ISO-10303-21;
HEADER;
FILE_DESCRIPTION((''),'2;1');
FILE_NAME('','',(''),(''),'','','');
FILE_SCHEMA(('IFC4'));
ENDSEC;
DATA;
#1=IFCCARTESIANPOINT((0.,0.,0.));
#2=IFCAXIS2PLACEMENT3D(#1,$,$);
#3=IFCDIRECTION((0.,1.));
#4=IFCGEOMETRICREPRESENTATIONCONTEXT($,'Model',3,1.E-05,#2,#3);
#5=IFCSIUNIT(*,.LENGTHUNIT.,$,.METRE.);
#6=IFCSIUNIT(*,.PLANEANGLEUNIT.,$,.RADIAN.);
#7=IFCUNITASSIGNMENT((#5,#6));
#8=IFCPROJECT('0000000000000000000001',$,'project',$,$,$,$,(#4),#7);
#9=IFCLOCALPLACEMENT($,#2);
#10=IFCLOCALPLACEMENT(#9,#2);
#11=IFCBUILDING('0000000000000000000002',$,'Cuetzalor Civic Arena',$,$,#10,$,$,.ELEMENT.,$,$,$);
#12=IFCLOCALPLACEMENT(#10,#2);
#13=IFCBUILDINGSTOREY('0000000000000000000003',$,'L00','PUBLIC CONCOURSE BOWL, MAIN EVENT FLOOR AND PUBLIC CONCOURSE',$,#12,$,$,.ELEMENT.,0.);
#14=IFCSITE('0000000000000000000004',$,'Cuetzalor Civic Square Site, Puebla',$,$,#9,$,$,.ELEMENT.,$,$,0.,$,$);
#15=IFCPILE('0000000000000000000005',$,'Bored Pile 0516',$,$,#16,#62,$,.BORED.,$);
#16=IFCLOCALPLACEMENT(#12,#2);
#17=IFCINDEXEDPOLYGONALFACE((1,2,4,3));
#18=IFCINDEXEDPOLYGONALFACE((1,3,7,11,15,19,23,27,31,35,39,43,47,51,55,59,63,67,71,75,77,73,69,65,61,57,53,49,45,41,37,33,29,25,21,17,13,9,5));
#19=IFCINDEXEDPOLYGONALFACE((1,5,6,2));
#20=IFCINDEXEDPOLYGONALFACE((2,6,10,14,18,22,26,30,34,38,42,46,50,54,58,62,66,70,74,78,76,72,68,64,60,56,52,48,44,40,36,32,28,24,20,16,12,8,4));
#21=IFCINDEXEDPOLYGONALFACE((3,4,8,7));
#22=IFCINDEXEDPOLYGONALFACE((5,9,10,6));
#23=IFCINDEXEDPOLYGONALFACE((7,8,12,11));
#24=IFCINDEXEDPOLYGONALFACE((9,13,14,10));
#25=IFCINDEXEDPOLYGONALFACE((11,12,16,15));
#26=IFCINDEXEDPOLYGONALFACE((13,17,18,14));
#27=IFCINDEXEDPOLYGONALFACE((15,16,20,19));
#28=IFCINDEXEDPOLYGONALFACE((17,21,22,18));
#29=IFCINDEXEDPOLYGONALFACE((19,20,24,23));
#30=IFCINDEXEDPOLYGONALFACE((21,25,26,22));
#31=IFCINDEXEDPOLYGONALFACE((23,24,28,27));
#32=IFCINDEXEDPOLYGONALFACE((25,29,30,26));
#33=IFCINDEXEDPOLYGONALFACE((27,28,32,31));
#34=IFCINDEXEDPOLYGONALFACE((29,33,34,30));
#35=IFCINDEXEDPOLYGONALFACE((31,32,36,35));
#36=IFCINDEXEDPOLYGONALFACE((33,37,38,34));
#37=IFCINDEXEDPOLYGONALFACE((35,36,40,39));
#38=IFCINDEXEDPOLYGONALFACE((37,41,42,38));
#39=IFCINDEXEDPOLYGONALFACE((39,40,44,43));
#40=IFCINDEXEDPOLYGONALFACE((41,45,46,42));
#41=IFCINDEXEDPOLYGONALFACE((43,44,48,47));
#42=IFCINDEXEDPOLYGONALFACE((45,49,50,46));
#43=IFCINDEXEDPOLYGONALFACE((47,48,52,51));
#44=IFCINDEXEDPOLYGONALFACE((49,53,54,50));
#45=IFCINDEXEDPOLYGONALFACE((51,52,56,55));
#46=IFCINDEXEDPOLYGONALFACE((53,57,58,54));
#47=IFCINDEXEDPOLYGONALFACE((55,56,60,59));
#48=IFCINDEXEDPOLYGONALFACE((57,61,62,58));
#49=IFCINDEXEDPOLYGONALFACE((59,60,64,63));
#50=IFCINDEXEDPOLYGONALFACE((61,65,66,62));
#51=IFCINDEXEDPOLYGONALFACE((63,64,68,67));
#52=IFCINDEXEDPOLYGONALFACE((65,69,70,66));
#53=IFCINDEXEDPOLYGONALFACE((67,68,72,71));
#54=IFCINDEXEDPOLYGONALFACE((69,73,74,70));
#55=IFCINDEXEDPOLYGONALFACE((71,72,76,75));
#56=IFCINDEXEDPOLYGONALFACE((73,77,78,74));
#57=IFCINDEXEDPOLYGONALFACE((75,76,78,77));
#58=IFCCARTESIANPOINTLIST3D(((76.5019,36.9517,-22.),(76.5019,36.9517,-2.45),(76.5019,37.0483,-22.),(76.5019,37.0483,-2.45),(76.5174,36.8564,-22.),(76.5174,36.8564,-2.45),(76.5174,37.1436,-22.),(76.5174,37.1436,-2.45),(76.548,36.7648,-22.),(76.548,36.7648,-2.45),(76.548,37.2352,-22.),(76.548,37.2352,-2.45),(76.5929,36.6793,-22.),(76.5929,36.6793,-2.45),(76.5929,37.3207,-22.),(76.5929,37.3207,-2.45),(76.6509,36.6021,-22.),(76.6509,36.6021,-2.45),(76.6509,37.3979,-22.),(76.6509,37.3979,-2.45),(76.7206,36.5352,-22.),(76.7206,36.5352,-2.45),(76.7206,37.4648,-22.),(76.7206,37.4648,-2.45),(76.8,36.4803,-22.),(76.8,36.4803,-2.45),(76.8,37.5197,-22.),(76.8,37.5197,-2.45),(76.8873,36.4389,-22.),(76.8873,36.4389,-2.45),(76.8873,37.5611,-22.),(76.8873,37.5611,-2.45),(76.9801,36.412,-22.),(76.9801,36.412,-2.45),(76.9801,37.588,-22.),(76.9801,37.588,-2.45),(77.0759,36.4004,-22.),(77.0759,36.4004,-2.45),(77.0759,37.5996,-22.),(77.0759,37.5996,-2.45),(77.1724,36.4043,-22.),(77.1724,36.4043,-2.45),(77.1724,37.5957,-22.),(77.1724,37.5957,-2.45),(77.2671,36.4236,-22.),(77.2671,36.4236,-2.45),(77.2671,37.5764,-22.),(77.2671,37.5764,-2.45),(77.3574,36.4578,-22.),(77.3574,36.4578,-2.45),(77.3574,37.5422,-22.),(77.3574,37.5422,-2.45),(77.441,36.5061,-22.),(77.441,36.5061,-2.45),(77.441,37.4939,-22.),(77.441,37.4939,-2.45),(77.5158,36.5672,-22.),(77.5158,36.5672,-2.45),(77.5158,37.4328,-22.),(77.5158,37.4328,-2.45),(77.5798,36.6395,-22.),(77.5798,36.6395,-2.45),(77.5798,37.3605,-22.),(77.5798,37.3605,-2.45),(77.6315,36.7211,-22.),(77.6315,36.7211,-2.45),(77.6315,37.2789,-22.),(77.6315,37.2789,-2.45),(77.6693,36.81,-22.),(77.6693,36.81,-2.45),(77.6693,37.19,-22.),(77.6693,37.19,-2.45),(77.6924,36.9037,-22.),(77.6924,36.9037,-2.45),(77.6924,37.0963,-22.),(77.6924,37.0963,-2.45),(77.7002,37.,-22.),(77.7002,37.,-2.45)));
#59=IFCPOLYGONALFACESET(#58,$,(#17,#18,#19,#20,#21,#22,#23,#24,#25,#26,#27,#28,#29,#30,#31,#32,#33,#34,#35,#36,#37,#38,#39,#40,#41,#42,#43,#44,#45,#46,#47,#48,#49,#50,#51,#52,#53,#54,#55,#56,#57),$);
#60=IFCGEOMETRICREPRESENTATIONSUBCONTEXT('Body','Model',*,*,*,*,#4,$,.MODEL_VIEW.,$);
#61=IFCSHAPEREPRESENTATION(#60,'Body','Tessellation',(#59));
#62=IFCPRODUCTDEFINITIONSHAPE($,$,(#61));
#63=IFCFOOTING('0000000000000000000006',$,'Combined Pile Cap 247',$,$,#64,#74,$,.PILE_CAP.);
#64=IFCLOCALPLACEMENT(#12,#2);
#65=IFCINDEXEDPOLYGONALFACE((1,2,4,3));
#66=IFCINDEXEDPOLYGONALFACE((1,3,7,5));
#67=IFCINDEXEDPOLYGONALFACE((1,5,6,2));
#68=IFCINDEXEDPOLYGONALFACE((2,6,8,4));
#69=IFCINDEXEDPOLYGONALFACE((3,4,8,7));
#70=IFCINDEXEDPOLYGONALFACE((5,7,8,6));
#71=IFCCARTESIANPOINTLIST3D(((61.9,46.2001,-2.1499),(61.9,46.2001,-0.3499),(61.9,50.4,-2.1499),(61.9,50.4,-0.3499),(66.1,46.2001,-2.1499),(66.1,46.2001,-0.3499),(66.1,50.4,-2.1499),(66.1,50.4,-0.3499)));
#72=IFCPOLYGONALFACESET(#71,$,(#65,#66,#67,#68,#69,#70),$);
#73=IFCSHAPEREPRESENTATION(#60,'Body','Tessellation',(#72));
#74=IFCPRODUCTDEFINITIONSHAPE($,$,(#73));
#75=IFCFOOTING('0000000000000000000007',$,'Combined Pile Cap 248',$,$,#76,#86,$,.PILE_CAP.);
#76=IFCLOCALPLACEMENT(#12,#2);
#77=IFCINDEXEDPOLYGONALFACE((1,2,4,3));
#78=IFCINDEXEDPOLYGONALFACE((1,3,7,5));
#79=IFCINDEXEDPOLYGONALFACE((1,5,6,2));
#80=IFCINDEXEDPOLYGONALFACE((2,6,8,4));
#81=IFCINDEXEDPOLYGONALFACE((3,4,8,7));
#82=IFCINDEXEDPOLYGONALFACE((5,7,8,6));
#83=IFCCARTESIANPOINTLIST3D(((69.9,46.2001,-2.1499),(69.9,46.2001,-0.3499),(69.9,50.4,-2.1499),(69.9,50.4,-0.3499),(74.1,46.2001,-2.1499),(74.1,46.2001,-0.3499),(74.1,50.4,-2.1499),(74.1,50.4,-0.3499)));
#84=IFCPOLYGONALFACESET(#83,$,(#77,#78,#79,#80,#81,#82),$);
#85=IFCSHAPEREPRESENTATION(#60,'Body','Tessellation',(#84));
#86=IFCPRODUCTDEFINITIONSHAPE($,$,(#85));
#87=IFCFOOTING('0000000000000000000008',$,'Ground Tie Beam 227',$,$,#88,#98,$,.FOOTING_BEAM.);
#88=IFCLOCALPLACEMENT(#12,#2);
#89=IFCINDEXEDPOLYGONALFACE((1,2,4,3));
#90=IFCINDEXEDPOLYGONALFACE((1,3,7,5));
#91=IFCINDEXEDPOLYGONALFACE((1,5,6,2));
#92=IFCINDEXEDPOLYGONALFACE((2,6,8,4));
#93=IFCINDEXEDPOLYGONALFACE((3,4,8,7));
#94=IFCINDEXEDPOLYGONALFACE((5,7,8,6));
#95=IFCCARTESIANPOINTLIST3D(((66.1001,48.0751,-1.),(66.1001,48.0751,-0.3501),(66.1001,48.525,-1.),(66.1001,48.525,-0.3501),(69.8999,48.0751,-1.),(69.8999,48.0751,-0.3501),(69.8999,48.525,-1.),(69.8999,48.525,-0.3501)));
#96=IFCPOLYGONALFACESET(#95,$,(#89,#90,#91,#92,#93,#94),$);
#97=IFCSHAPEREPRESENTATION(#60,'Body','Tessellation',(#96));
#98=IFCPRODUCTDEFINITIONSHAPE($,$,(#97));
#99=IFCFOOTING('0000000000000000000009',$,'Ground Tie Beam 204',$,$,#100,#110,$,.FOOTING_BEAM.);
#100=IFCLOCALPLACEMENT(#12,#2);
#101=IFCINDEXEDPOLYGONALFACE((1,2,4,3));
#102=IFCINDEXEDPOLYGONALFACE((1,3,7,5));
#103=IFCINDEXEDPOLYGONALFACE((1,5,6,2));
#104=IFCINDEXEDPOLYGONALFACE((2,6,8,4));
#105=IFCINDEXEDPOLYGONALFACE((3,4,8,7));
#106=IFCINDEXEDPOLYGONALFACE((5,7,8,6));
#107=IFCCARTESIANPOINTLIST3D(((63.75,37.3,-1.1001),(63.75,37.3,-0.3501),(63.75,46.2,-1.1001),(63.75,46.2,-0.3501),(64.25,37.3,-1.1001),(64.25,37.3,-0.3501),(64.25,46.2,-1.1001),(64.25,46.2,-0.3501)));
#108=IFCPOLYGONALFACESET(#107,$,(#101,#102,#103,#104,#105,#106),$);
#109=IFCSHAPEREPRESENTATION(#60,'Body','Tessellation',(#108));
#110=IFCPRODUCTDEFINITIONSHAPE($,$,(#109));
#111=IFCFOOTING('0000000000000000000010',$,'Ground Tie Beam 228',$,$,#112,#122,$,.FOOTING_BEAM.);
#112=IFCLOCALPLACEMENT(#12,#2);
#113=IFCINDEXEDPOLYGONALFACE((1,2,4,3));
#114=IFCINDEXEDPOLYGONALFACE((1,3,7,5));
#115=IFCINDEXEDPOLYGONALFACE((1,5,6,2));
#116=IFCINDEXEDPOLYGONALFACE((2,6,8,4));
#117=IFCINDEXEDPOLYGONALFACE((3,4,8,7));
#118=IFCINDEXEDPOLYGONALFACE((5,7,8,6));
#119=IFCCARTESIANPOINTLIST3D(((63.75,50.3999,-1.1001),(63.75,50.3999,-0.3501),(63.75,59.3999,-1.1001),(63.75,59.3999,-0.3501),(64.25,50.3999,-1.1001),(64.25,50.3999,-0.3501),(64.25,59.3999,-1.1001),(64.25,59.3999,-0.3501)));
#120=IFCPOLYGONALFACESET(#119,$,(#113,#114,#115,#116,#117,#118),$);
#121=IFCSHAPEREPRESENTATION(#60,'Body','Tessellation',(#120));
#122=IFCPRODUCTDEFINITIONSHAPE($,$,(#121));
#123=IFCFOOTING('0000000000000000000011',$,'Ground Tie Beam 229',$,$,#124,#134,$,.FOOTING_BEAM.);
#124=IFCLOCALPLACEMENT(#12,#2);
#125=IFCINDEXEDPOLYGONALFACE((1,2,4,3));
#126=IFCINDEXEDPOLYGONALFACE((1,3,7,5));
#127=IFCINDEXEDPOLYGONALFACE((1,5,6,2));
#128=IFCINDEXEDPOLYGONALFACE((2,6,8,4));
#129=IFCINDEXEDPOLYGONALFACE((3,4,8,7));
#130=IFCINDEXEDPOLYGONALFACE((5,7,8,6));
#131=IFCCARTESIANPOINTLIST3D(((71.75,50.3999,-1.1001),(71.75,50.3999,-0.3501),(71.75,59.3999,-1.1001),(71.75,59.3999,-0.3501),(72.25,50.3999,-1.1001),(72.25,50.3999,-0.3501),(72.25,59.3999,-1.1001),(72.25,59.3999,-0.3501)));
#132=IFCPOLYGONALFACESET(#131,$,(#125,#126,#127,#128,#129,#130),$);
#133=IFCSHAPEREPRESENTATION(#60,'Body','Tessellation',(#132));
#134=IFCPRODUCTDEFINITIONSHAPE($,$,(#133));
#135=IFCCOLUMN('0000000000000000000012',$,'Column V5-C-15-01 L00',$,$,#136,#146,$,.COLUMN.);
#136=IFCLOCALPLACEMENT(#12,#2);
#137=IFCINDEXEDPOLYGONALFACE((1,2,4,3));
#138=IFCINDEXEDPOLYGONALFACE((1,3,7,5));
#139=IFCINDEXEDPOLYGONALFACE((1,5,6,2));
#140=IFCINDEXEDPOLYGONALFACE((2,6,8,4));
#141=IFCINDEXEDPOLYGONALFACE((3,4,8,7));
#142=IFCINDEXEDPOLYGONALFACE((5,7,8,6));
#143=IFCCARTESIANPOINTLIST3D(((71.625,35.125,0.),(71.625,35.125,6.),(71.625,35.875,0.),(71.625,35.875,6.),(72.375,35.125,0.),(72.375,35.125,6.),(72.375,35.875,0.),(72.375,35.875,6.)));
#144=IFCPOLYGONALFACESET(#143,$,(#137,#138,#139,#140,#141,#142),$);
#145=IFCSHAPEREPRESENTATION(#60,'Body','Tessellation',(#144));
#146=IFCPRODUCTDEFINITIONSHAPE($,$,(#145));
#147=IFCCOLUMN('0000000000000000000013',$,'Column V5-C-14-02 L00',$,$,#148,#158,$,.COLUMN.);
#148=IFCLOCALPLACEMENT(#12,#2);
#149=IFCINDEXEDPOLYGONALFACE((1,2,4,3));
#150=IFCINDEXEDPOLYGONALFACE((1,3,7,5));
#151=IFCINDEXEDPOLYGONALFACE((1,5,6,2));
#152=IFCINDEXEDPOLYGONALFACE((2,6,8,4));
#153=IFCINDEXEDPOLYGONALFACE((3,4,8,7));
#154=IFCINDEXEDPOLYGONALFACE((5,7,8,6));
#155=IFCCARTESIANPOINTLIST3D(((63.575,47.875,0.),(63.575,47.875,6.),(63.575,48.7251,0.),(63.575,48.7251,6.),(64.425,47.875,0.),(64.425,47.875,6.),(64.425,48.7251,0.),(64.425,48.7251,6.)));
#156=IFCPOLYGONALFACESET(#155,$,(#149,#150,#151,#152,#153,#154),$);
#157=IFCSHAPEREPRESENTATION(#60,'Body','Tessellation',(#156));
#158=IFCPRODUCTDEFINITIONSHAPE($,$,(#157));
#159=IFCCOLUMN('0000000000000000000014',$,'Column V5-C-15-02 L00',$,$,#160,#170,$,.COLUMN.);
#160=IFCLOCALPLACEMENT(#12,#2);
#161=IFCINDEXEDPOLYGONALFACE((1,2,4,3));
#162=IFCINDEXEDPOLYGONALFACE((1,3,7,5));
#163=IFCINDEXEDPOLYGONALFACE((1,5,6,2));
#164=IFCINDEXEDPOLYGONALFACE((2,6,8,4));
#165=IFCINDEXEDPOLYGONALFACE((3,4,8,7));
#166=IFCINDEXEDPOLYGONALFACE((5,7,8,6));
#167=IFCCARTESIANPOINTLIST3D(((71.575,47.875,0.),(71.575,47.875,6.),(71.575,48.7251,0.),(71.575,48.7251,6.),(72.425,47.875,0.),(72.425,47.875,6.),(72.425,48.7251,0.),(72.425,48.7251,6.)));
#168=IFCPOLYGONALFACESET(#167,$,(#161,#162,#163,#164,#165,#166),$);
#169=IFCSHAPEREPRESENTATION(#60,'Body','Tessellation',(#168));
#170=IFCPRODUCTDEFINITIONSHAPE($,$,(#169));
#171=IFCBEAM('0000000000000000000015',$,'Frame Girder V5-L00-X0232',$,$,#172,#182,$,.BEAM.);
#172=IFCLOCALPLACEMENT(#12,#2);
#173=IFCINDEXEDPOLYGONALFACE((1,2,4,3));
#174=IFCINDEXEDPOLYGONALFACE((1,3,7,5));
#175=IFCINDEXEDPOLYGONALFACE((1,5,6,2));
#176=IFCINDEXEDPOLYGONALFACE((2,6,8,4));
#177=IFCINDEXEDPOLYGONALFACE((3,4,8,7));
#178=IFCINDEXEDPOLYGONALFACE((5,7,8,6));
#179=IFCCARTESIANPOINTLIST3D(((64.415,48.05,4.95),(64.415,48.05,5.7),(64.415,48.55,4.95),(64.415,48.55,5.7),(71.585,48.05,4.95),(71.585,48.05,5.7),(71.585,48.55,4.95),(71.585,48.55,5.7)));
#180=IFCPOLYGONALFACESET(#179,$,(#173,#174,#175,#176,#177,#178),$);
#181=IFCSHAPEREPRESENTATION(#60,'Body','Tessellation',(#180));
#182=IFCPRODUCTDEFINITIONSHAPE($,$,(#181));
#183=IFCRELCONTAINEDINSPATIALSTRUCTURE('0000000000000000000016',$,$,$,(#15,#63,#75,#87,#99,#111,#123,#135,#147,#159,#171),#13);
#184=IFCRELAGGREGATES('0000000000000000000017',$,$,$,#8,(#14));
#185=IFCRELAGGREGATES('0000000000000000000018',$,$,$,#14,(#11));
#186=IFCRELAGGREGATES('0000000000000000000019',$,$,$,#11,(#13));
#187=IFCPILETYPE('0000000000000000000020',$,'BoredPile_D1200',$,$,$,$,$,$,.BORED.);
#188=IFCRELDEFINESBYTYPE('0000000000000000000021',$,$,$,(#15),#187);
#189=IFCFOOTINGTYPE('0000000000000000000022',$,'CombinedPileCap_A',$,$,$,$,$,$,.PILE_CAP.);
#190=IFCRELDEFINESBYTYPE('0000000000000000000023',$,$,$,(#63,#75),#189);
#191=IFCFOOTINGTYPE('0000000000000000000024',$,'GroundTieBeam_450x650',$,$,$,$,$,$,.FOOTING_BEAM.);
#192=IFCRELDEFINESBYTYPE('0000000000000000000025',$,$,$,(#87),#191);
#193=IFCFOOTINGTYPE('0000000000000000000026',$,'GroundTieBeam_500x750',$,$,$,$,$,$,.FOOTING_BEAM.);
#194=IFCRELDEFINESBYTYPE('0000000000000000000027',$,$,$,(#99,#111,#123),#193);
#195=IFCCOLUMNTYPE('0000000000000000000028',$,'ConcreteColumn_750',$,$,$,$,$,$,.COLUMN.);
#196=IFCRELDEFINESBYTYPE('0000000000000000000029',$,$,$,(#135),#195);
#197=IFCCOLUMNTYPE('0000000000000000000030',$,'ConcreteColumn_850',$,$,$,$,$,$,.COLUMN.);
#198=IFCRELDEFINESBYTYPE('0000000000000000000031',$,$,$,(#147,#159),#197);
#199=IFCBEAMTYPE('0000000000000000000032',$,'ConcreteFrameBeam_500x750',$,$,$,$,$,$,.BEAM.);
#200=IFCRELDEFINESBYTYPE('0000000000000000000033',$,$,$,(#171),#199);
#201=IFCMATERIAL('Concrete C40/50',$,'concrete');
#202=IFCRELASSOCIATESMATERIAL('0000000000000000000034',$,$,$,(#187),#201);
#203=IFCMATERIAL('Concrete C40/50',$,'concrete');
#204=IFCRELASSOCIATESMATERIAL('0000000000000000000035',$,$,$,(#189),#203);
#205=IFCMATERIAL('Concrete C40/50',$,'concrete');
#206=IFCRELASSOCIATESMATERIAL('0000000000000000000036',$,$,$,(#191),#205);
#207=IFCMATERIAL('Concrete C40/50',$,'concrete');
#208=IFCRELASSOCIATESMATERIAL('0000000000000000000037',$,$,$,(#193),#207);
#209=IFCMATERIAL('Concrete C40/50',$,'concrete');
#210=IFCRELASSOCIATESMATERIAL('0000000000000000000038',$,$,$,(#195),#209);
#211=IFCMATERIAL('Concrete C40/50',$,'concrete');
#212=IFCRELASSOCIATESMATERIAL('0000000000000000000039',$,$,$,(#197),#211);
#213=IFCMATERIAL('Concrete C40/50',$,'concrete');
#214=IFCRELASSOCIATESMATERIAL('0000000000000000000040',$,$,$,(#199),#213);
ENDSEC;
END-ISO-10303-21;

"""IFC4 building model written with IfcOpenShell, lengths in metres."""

from ifc_helpers import new_model, si_unit, direction, frame, origin, origin_2d, place, context, subcontext, project, spatial, rectangle, circle, extrude, material, material_profile, profile_set, type_object, element, save


model = new_model("IFC4")

# Units and contexts
model_context = context("Model", 3, precision=1e-05, world=origin(), true_north=direction((0.0, 1.0)))
body_context = subcontext(model_context, "Body", "Model", "MODEL_VIEW")
ifc_project = project(units=[si_unit("LENGTHUNIT", "METRE"), si_unit("PLANEANGLEUNIT", "RADIAN")], contexts=[model_context])

# Site, building, storey
site_placement = place(None, origin())
site = spatial("IfcSite", under=ifc_project, at=site_placement, Name="Cuetzalor Civic Square Site, Puebla", CompositionType="ELEMENT", RefElevation=0.0)
building_placement = place(site_placement, origin())
building = spatial("IfcBuilding", under=site, at=building_placement, Name="Cuetzalor Civic Arena", CompositionType="ELEMENT")
storey_placement = place(building_placement, origin())
storey = spatial("IfcBuildingStorey", under=building, at=storey_placement, Name="L00", Description="PUBLIC CONCOURSE BOWL, MAIN EVENT FLOOR AND PUBLIC CONCOURSE", CompositionType="ELEMENT", Elevation=0.0)

# Pile
ifc_material_1 = material(Name="Concrete C40/50", Category="concrete")
ifc_material_profile_1 = material_profile(ifc_material_1, circle(Radius=0.6001, at=origin_2d()), Name="BORED PILE D1200")
ifc_profile_set_1 = profile_set([ifc_material_profile_1], Name="Concrete C40/50")
pile_type_1 = type_object("IfcPileType", Name="BoredPile_D1200", PredefinedType="BORED", material=ifc_profile_set_1)
for number, where, z_axis, x_axis, name in (
    (1, (77.1001, 37.0, -2.45), (0.0, 0.0, -1.0), (1.0, 0.0, 0.0), "Bored Pile 0516"),
):
    element("IfcPile", number, at=place(storey_placement, frame(where, z_axis=z_axis, x_axis=x_axis)), inside=storey, type_object=pile_type_1, Name=name, PredefinedType="BORED", context=body_context, shape_type="SweptSolid", body=[
        extrude(circle(Radius=0.6001, at=origin_2d()), origin(), (0.0, 0.0, 1.0), 19.55),
    ])

# Footings
ifc_material_2 = material(Name="Concrete C40/50", Category="concrete")
footing_type_1 = type_object("IfcFootingType", Name="CombinedPileCap_A", PredefinedType="PILE_CAP", material=ifc_material_2)
for number, where, z_axis, x_axis, name in (
    (2, (64.0, 48.3, -2.1499), (0.0, 0.0, 1.0), (1.0, 0.0, 0.0), "Combined Pile Cap 247"),
    (3, (72.0, 48.3, -2.1499), (0.0, 0.0, 1.0), (1.0, 0.0, 0.0), "Combined Pile Cap 248"),
):
    element("IfcFooting", number, at=place(storey_placement, frame(where, z_axis=z_axis, x_axis=x_axis)), inside=storey, type_object=footing_type_1, Name=name, PredefinedType="PILE_CAP", context=body_context, shape_type="SweptSolid", body=[
        extrude(rectangle(XDim=4.2, YDim=4.2, at=origin_2d()), origin(), (0.0, 0.0, 1.0), 1.8),
    ])
ifc_material_3 = material(Name="Concrete C40/50", Category="concrete")
ifc_material_profile_2 = material_profile(ifc_material_3, rectangle(XDim=0.45, YDim=0.6499, at=origin_2d()), Name="RC 450x650")
ifc_profile_set_2 = profile_set([ifc_material_profile_2], Name="Concrete C40/50")
footing_type_2 = type_object("IfcFootingType", Name="GroundTieBeam_450x650", PredefinedType="FOOTING_BEAM", material=ifc_profile_set_2)
footing_1_placement = place(storey_placement, frame((66.1001, 48.3, -0.675), z_axis=(1.0, 0.0, 0.0), x_axis=(0.0, 1.0, 0.0)))
element("IfcFooting", 4, at=footing_1_placement, inside=storey, type_object=footing_type_2, Name="Ground Tie Beam 227", PredefinedType="FOOTING_BEAM", context=body_context, shape_type="SweptSolid", body=[
    extrude(rectangle(XDim=0.45, YDim=0.6499, at=origin_2d()), origin(), (0.0, 0.0, 1.0), 3.7998),
])
ifc_material_4 = material(Name="Concrete C40/50", Category="concrete")
ifc_material_profile_3 = material_profile(ifc_material_4, rectangle(XDim=0.5, YDim=0.75, at=origin_2d()), Name="RC 500x750")
ifc_profile_set_3 = profile_set([ifc_material_profile_3], Name="Concrete C40/50")
footing_type_3 = type_object("IfcFootingType", Name="GroundTieBeam_500x750", PredefinedType="FOOTING_BEAM", material=ifc_profile_set_3)
footing_2_placement = place(storey_placement, frame((64.0, 37.3, -0.7251), z_axis=(0.0, 1.0, 0.0), x_axis=(-1.0, 0.0, 0.0)))
element("IfcFooting", 5, at=footing_2_placement, inside=storey, type_object=footing_type_3, Name="Ground Tie Beam 204", PredefinedType="FOOTING_BEAM", context=body_context, shape_type="SweptSolid", body=[
    extrude(rectangle(XDim=0.5, YDim=0.75, at=origin_2d()), origin(), (0.0, 0.0, 1.0), 8.8999),
])
for number, where, z_axis, x_axis, name in (
    (6, (64.0, 50.3999, -0.7251), (0.0, 1.0, 0.0), (-1.0, 0.0, 0.0), "Ground Tie Beam 228"),
    (7, (72.0, 50.3999, -0.7251), (0.0, 1.0, 0.0), (-1.0, 0.0, 0.0), "Ground Tie Beam 229"),
):
    element("IfcFooting", number, at=place(storey_placement, frame(where, z_axis=z_axis, x_axis=x_axis)), inside=storey, type_object=footing_type_3, Name=name, PredefinedType="FOOTING_BEAM", context=body_context, shape_type="SweptSolid", body=[
        extrude(rectangle(XDim=0.5, YDim=0.75, at=origin_2d()), origin(), (0.0, 0.0, 1.0), 9.0),
    ])

# Columns
ifc_material_5 = material(Name="Concrete C40/50", Category="concrete")
ifc_material_profile_4 = material_profile(ifc_material_5, rectangle(XDim=0.75, YDim=0.75, at=origin_2d()), Name="RC 750x750")
ifc_profile_set_4 = profile_set([ifc_material_profile_4], Name="Concrete C40/50")
column_type_1 = type_object("IfcColumnType", Name="ConcreteColumn_750", PredefinedType="COLUMN", material=ifc_profile_set_4)
column_placement = place(storey_placement, frame((72.0, 35.5, 0.0), z_axis=(0.0, 0.0, 1.0), x_axis=(1.0, 0.0, 0.0)))
element("IfcColumn", 8, at=column_placement, inside=storey, type_object=column_type_1, Name="Column V5-C-15-01 L00", PredefinedType="COLUMN", context=body_context, shape_type="SweptSolid", body=[
    extrude(rectangle(XDim=0.75, YDim=0.75, at=origin_2d()), origin(), (0.0, 0.0, 1.0), 6.0),
])
ifc_material_6 = material(Name="Concrete C40/50", Category="concrete")
ifc_material_profile_5 = material_profile(ifc_material_6, rectangle(XDim=0.8501, YDim=0.8501, at=origin_2d()), Name="RC 850x850")
ifc_profile_set_5 = profile_set([ifc_material_profile_5], Name="Concrete C40/50")
column_type_2 = type_object("IfcColumnType", Name="ConcreteColumn_850", PredefinedType="COLUMN", material=ifc_profile_set_5)
for number, where, z_axis, x_axis, name in (
    (9, (64.0, 48.3, 0.0), (0.0, 0.0, 1.0), (1.0, 0.0, 0.0), "Column V5-C-14-02 L00"),
    (10, (72.0, 48.3, 0.0), (0.0, 0.0, 1.0), (1.0, 0.0, 0.0), "Column V5-C-15-02 L00"),
):
    element("IfcColumn", number, at=place(storey_placement, frame(where, z_axis=z_axis, x_axis=x_axis)), inside=storey, type_object=column_type_2, Name=name, PredefinedType="COLUMN", context=body_context, shape_type="SweptSolid", body=[
        extrude(rectangle(XDim=0.8501, YDim=0.8501, at=origin_2d()), origin(), (0.0, 0.0, 1.0), 6.0),
    ])

# Beam
ifc_material_7 = material(Name="Concrete C40/50", Category="concrete")
ifc_material_profile_6 = material_profile(ifc_material_7, rectangle(XDim=0.5, YDim=0.75, at=origin_2d()), Name="RC 500x750")
ifc_profile_set_6 = profile_set([ifc_material_profile_6], Name="Concrete C40/50")
beam_type_1 = type_object("IfcBeamType", Name="ConcreteFrameBeam_500x750", PredefinedType="BEAM", material=ifc_profile_set_6)
beam_1_placement = place(storey_placement, frame((64.415, 48.3, 5.325), z_axis=(1.0, 0.0, 0.0), x_axis=(0.0, 1.0, 0.0)))
element("IfcBeam", 11, at=beam_1_placement, inside=storey, type_object=beam_type_1, Name="Frame Girder V5-L00-X0232", PredefinedType="BEAM", context=body_context, shape_type="SweptSolid", body=[
    extrude(rectangle(XDim=0.5, YDim=0.75, at=origin_2d()), origin(), (0.0, 0.0, 1.0), 7.1699),
])

save(model, "model.ifc")
